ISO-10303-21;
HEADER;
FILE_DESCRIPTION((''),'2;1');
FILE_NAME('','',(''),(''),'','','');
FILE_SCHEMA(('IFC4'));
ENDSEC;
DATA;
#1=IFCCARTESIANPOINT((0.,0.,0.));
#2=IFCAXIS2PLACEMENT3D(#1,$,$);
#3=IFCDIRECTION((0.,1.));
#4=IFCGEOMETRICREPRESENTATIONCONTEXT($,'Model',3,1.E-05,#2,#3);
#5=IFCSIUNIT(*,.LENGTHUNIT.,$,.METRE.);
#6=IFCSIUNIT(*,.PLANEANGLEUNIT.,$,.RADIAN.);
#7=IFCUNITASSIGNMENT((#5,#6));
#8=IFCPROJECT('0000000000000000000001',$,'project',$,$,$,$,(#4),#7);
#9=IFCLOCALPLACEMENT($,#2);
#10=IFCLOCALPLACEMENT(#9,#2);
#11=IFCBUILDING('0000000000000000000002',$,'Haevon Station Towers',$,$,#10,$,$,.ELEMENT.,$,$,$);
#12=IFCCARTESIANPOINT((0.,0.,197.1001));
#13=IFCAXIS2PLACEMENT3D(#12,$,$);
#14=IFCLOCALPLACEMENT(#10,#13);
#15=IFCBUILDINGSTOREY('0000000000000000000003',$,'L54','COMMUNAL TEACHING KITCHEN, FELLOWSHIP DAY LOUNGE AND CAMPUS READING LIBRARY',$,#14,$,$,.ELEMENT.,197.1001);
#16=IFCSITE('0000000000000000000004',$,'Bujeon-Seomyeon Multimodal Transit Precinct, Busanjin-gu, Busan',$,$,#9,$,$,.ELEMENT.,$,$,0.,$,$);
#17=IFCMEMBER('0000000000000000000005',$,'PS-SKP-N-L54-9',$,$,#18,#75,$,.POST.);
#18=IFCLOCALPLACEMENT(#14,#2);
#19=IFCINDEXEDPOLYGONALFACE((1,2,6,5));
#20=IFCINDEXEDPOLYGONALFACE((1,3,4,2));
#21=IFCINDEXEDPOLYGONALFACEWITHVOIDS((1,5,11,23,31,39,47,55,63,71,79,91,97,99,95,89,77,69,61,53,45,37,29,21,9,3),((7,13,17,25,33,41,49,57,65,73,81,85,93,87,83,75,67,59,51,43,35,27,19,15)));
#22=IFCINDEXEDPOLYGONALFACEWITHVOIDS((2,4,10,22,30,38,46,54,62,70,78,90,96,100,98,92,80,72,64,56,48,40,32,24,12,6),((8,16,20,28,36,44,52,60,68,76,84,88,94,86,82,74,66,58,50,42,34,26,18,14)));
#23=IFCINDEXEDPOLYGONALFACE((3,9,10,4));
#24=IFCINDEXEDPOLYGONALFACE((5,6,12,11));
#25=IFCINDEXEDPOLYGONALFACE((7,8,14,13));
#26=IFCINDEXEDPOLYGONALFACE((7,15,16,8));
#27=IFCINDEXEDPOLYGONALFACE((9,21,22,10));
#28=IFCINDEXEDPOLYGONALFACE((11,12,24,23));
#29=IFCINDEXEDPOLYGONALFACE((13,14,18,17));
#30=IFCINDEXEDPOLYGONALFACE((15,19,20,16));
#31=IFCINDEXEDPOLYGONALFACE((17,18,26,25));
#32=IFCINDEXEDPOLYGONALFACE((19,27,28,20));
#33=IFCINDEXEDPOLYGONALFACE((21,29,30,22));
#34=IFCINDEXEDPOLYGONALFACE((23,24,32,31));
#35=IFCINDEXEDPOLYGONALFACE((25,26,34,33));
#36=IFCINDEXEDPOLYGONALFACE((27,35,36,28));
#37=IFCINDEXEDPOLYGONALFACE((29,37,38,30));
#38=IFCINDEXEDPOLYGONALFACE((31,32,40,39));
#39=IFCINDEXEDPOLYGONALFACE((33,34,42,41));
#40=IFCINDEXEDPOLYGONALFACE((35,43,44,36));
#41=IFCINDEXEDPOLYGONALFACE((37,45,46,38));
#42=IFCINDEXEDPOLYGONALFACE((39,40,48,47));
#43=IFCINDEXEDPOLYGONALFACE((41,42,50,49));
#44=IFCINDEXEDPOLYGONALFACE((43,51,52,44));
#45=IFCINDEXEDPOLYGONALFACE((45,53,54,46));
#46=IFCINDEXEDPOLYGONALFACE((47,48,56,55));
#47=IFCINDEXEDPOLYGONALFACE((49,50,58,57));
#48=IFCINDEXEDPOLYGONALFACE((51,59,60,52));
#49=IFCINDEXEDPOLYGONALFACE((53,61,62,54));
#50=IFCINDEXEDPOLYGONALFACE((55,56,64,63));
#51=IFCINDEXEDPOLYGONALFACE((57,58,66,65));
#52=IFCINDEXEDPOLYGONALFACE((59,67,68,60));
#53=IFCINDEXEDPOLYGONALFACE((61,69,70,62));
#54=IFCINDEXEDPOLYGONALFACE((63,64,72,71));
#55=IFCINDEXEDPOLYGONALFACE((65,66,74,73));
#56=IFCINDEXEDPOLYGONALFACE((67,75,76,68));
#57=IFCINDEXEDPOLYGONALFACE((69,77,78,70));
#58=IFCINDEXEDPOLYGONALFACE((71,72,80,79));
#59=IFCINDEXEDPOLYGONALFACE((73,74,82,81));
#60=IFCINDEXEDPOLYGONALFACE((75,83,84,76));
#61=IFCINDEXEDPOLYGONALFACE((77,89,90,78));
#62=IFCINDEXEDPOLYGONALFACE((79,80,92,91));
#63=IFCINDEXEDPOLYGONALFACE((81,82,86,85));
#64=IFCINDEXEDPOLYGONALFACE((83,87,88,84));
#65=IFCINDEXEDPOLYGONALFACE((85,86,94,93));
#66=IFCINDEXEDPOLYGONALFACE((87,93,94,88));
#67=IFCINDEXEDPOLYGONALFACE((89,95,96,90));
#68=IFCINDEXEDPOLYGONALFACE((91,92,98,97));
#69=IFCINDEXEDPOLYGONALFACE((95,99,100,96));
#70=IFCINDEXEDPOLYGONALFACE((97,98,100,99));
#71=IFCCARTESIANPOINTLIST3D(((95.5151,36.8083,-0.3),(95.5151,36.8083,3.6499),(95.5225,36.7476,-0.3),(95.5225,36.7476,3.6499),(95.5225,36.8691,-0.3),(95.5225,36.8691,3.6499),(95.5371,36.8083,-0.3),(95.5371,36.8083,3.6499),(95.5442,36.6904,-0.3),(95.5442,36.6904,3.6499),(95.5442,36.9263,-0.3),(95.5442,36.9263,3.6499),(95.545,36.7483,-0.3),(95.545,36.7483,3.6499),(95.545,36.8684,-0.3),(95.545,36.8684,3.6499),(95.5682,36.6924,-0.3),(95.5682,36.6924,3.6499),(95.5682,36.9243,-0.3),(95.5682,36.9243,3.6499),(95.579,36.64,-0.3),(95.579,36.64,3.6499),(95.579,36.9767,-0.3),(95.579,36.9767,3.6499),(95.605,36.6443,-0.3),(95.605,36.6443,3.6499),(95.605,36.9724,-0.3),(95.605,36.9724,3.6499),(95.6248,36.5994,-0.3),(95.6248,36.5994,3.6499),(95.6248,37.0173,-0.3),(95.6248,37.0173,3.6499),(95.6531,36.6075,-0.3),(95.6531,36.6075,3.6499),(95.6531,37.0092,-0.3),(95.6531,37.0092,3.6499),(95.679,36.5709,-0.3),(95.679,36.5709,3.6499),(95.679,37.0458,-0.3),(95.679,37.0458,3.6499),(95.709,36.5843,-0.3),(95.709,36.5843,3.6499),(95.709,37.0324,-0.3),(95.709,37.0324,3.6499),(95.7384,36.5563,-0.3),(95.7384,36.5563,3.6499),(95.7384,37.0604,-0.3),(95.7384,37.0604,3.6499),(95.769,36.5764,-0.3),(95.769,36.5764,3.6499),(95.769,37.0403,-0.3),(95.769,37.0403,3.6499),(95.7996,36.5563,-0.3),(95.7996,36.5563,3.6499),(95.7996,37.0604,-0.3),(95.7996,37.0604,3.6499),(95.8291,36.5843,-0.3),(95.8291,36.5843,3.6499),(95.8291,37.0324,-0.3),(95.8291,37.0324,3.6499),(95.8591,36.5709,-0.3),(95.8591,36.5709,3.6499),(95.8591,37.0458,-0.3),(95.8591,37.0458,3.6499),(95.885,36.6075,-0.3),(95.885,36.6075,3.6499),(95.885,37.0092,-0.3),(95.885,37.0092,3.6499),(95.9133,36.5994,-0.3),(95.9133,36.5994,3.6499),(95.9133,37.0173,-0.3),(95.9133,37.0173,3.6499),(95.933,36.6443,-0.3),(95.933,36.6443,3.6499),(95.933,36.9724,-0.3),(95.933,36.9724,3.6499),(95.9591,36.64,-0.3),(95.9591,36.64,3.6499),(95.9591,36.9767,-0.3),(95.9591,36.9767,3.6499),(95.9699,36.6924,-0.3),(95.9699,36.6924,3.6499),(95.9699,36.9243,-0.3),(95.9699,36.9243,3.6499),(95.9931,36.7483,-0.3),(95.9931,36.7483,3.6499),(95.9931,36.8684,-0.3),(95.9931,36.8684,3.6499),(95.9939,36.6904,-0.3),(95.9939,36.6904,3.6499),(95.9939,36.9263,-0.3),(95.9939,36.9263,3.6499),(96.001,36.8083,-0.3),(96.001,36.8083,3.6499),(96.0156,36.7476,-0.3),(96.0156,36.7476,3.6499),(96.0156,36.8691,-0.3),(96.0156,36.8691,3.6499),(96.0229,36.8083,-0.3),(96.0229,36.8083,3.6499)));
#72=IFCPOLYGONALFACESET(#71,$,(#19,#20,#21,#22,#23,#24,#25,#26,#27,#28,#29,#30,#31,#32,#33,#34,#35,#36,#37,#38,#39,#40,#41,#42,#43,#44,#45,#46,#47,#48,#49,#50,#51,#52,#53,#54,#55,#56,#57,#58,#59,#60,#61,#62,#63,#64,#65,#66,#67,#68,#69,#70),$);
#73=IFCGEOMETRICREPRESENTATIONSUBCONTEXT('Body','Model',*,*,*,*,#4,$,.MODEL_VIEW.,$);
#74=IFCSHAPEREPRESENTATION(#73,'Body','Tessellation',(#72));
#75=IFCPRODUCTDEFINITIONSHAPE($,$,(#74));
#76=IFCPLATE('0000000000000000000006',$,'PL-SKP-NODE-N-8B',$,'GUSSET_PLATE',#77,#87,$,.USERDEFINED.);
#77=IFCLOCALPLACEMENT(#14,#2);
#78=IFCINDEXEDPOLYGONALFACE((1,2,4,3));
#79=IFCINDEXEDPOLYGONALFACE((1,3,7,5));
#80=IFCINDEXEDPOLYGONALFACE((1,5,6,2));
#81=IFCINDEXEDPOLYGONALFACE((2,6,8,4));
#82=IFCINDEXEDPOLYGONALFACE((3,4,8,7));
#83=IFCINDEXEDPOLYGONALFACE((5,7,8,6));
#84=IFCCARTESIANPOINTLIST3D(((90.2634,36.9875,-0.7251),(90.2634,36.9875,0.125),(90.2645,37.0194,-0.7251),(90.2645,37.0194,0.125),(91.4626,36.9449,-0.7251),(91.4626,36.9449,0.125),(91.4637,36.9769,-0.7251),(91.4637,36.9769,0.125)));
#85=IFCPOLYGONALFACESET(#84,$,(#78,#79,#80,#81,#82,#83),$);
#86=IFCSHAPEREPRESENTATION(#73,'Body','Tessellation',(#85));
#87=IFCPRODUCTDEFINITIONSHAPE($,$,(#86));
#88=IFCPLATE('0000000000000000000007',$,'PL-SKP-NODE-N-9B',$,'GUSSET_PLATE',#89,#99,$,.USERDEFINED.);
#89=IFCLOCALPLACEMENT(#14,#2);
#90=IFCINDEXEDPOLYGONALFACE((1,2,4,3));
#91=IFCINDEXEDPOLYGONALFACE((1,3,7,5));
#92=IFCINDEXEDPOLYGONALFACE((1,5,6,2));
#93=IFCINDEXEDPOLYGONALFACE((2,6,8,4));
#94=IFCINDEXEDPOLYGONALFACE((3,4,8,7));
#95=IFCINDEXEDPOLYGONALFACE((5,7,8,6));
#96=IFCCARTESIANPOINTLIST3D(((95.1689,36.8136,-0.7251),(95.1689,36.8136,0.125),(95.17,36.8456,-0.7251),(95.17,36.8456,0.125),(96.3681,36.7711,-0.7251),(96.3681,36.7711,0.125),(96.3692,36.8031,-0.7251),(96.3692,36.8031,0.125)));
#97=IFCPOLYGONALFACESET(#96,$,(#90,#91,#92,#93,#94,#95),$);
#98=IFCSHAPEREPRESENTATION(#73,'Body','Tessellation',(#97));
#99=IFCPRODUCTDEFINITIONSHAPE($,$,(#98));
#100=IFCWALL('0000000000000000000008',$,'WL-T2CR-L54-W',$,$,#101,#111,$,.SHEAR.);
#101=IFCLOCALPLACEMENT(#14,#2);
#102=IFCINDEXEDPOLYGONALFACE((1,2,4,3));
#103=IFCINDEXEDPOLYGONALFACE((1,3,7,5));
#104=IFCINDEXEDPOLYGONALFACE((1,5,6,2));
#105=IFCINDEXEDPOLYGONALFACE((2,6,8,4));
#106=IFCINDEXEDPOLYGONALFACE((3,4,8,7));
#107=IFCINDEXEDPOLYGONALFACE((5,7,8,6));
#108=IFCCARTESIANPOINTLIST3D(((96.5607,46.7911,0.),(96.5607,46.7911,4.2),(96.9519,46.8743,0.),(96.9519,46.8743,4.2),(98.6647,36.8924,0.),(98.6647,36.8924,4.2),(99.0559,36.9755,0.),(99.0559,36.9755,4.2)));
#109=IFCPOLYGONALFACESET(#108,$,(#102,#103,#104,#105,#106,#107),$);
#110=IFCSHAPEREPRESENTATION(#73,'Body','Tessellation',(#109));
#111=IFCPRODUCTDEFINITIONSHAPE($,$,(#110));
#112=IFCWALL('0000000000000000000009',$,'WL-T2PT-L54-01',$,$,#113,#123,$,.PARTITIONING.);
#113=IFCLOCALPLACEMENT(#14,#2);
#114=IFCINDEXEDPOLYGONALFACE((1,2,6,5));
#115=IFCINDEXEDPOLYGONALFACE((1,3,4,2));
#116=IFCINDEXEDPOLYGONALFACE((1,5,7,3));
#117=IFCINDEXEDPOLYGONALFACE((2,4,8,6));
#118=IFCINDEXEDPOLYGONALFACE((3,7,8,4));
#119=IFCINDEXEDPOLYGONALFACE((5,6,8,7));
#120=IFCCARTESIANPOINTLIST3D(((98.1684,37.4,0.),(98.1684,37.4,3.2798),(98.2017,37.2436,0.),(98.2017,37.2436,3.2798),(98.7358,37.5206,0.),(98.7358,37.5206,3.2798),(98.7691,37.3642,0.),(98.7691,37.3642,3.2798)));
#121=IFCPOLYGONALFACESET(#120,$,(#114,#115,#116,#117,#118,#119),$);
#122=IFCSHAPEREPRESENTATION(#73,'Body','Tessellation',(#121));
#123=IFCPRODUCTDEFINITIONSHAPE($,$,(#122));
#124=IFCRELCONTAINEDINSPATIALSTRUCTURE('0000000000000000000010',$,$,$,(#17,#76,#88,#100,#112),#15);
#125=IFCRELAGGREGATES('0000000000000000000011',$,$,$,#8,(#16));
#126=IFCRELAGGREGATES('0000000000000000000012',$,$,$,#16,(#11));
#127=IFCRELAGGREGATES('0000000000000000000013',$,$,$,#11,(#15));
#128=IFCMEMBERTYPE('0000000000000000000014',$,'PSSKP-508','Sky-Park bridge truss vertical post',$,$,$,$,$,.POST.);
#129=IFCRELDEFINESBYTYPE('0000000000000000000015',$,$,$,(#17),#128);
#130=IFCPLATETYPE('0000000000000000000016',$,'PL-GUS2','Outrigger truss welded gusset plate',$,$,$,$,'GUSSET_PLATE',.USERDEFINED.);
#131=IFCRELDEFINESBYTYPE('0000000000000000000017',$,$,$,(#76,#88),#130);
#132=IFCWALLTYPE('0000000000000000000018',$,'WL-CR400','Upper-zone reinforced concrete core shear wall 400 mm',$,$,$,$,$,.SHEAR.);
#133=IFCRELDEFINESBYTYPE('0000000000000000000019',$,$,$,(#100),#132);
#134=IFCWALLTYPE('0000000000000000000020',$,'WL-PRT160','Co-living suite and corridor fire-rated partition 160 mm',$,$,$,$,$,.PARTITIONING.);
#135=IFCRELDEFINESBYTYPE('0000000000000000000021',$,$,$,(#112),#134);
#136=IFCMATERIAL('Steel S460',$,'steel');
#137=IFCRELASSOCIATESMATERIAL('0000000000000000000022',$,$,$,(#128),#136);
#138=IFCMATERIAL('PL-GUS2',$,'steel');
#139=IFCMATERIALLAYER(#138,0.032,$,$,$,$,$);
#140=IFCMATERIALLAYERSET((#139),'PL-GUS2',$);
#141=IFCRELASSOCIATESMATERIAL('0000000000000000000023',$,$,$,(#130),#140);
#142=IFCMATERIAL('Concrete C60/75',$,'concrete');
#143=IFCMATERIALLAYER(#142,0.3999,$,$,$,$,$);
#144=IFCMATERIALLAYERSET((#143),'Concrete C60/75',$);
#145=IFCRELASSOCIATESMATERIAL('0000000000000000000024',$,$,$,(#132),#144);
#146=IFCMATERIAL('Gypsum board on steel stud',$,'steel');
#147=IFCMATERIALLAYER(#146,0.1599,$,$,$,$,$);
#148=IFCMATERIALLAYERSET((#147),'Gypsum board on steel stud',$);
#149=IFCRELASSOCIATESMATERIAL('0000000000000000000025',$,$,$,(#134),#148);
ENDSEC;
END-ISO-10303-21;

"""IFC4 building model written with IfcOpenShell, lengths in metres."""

from ifc_helpers import new_model, si_unit, direction, frame, frame_2d, origin, origin_2d, place, context, subcontext, project, spatial, rectangle, hollow_circle, extrude, material, layer, layer_set, material_profile, profile_set, type_object, element, save


model = new_model("IFC4")

# Units and contexts
model_context = context("Model", 3, precision=1e-05, world=origin(), true_north=direction((0.0, 1.0)))
body_context = subcontext(model_context, "Body", "Model", "MODEL_VIEW")
ifc_project = project(units=[si_unit("LENGTHUNIT", "METRE"), si_unit("PLANEANGLEUNIT", "RADIAN")], contexts=[model_context])

# Site, building, storey
site_placement = place(None, origin())
site = spatial("IfcSite", under=ifc_project, at=site_placement, Name="Bujeon-Seomyeon Multimodal Transit Precinct, Busanjin-gu, Busan", CompositionType="ELEMENT", RefElevation=0.0)
building_placement = place(site_placement, origin())
building = spatial("IfcBuilding", under=site, at=building_placement, Name="Haevon Station Towers", CompositionType="ELEMENT")
storey_placement = place(building_placement, frame((0.0, 0.0, 197.1001)))
storey = spatial("IfcBuildingStorey", under=building, at=storey_placement, Name="L54", Description="COMMUNAL TEACHING KITCHEN, FELLOWSHIP DAY LOUNGE AND CAMPUS READING LIBRARY", CompositionType="ELEMENT", Elevation=197.1001)

# Member
ifc_material_1 = material(Name="Steel S460", Category="steel")
ifc_material_profile_1 = material_profile(ifc_material_1, hollow_circle(Radius=0.2539, WallThickness=0.022, at=origin_2d()), Name="CHS-508x22")
ifc_profile_set_1 = profile_set([ifc_material_profile_1], Name="Steel S460")
member_type_1 = type_object("IfcMemberType", Name="PSSKP-508", Description="Sky-Park bridge truss vertical post", PredefinedType="POST", material=ifc_profile_set_1)
for number, where, z_axis, x_axis, name in (
    (1, (95.769, 36.8083, -0.3), (0.0, 0.0, 1.0), (1.0, 0.0, 0.0), "PS-SKP-N-L54-9"),
):
    element("IfcMember", number, at=place(storey_placement, frame(where, z_axis=z_axis, x_axis=x_axis)), inside=storey, type_object=member_type_1, Name=name, PredefinedType="POST", context=body_context, shape_type="SweptSolid", body=[
        extrude(hollow_circle(Radius=0.2539, WallThickness=0.022, at=origin_2d()), origin(), (0.0, 0.0, 1.0), 3.95),
    ])

# Plates
ifc_material_2 = material(Name="PL-GUS2", Category="steel")
ifc_layer_1 = layer(ifc_material_2, 0.032)
ifc_layer_set_1 = layer_set([ifc_layer_1], Name="PL-GUS2")
plate_type = type_object("IfcPlateType", Name="PL-GUS2", Description="Outrigger truss welded gusset plate", ElementType="GUSSET_PLATE", PredefinedType="USERDEFINED", material=ifc_layer_set_1)
for number, where, z_axis, x_axis, name in (
    (2, (90.8635, 36.9822, -0.7251), (0.0, 0.0, 1.0), (0.999372, -0.03544, 0.0), "PL-SKP-NODE-N-8B"),
    (3, (95.769, 36.8083, -0.7251), (0.0, 0.0, 1.0), (0.999372, -0.03544, 0.0), "PL-SKP-NODE-N-9B"),
):
    element("IfcPlate", number, at=place(storey_placement, frame(where, z_axis=z_axis, x_axis=x_axis)), inside=storey, type_object=plate_type, Name=name, ObjectType="GUSSET_PLATE", PredefinedType="USERDEFINED", context=body_context, shape_type="SweptSolid", body=[
        extrude(rectangle(XDim=1.2, YDim=0.032, at=origin_2d()), origin(), (0.0, 0.0, 1.0), 0.8501),
    ])

# Walls
ifc_material_3 = material(Name="Concrete C60/75", Category="concrete")
ifc_layer_2 = layer(ifc_material_3, 0.3999)
ifc_layer_set_2 = layer_set([ifc_layer_2], Name="Concrete C60/75")
wall_type_1 = type_object("IfcWallType", Name="WL-CR400", Description="Upper-zone reinforced concrete core shear wall 400 mm", PredefinedType="SHEAR", material=ifc_layer_set_2)
wall_1_placement = place(storey_placement, frame((98.8604, 36.9338, 0.0), z_axis=(0.0, 0.0, 1.0), x_axis=(-0.207909, 0.978148, 0.0)))
element("IfcWall", 4, at=wall_1_placement, inside=storey, type_object=wall_type_1, Name="WL-T2CR-L54-W", PredefinedType="SHEAR", context=body_context, shape_type="SweptSolid", body=[
    extrude(rectangle(XDim=10.1199, YDim=0.3999, at=frame_2d((5.0601, 0.0))), origin(), (0.0, 0.0, 1.0), 4.2),
])
ifc_material_4 = material(Name="Gypsum board on steel stud", Category="steel")
ifc_layer_3 = layer(ifc_material_4, 0.1599)
ifc_layer_set_3 = layer_set([ifc_layer_3], Name="Gypsum board on steel stud")
wall_type_2 = type_object("IfcWallType", Name="WL-PRT160", Description="Co-living suite and corridor fire-rated partition 160 mm", PredefinedType="PARTITIONING", material=ifc_layer_set_3)
wall_2_placement = place(storey_placement, frame((98.1851, 37.3218, 0.0), z_axis=(0.0, 0.0, 1.0), x_axis=(0.978146, 0.207919, 0.0)))
element("IfcWall", 5, at=wall_2_placement, inside=storey, type_object=wall_type_2, Name="WL-T2PT-L54-01", PredefinedType="PARTITIONING", context=body_context, shape_type="SweptSolid", body=[
    extrude(rectangle(XDim=0.5801, YDim=0.1599, at=frame_2d((0.29, 0.0))), origin(), (0.0, 0.0, 1.0), 3.2798),
])

save(model, "model.ifc")
